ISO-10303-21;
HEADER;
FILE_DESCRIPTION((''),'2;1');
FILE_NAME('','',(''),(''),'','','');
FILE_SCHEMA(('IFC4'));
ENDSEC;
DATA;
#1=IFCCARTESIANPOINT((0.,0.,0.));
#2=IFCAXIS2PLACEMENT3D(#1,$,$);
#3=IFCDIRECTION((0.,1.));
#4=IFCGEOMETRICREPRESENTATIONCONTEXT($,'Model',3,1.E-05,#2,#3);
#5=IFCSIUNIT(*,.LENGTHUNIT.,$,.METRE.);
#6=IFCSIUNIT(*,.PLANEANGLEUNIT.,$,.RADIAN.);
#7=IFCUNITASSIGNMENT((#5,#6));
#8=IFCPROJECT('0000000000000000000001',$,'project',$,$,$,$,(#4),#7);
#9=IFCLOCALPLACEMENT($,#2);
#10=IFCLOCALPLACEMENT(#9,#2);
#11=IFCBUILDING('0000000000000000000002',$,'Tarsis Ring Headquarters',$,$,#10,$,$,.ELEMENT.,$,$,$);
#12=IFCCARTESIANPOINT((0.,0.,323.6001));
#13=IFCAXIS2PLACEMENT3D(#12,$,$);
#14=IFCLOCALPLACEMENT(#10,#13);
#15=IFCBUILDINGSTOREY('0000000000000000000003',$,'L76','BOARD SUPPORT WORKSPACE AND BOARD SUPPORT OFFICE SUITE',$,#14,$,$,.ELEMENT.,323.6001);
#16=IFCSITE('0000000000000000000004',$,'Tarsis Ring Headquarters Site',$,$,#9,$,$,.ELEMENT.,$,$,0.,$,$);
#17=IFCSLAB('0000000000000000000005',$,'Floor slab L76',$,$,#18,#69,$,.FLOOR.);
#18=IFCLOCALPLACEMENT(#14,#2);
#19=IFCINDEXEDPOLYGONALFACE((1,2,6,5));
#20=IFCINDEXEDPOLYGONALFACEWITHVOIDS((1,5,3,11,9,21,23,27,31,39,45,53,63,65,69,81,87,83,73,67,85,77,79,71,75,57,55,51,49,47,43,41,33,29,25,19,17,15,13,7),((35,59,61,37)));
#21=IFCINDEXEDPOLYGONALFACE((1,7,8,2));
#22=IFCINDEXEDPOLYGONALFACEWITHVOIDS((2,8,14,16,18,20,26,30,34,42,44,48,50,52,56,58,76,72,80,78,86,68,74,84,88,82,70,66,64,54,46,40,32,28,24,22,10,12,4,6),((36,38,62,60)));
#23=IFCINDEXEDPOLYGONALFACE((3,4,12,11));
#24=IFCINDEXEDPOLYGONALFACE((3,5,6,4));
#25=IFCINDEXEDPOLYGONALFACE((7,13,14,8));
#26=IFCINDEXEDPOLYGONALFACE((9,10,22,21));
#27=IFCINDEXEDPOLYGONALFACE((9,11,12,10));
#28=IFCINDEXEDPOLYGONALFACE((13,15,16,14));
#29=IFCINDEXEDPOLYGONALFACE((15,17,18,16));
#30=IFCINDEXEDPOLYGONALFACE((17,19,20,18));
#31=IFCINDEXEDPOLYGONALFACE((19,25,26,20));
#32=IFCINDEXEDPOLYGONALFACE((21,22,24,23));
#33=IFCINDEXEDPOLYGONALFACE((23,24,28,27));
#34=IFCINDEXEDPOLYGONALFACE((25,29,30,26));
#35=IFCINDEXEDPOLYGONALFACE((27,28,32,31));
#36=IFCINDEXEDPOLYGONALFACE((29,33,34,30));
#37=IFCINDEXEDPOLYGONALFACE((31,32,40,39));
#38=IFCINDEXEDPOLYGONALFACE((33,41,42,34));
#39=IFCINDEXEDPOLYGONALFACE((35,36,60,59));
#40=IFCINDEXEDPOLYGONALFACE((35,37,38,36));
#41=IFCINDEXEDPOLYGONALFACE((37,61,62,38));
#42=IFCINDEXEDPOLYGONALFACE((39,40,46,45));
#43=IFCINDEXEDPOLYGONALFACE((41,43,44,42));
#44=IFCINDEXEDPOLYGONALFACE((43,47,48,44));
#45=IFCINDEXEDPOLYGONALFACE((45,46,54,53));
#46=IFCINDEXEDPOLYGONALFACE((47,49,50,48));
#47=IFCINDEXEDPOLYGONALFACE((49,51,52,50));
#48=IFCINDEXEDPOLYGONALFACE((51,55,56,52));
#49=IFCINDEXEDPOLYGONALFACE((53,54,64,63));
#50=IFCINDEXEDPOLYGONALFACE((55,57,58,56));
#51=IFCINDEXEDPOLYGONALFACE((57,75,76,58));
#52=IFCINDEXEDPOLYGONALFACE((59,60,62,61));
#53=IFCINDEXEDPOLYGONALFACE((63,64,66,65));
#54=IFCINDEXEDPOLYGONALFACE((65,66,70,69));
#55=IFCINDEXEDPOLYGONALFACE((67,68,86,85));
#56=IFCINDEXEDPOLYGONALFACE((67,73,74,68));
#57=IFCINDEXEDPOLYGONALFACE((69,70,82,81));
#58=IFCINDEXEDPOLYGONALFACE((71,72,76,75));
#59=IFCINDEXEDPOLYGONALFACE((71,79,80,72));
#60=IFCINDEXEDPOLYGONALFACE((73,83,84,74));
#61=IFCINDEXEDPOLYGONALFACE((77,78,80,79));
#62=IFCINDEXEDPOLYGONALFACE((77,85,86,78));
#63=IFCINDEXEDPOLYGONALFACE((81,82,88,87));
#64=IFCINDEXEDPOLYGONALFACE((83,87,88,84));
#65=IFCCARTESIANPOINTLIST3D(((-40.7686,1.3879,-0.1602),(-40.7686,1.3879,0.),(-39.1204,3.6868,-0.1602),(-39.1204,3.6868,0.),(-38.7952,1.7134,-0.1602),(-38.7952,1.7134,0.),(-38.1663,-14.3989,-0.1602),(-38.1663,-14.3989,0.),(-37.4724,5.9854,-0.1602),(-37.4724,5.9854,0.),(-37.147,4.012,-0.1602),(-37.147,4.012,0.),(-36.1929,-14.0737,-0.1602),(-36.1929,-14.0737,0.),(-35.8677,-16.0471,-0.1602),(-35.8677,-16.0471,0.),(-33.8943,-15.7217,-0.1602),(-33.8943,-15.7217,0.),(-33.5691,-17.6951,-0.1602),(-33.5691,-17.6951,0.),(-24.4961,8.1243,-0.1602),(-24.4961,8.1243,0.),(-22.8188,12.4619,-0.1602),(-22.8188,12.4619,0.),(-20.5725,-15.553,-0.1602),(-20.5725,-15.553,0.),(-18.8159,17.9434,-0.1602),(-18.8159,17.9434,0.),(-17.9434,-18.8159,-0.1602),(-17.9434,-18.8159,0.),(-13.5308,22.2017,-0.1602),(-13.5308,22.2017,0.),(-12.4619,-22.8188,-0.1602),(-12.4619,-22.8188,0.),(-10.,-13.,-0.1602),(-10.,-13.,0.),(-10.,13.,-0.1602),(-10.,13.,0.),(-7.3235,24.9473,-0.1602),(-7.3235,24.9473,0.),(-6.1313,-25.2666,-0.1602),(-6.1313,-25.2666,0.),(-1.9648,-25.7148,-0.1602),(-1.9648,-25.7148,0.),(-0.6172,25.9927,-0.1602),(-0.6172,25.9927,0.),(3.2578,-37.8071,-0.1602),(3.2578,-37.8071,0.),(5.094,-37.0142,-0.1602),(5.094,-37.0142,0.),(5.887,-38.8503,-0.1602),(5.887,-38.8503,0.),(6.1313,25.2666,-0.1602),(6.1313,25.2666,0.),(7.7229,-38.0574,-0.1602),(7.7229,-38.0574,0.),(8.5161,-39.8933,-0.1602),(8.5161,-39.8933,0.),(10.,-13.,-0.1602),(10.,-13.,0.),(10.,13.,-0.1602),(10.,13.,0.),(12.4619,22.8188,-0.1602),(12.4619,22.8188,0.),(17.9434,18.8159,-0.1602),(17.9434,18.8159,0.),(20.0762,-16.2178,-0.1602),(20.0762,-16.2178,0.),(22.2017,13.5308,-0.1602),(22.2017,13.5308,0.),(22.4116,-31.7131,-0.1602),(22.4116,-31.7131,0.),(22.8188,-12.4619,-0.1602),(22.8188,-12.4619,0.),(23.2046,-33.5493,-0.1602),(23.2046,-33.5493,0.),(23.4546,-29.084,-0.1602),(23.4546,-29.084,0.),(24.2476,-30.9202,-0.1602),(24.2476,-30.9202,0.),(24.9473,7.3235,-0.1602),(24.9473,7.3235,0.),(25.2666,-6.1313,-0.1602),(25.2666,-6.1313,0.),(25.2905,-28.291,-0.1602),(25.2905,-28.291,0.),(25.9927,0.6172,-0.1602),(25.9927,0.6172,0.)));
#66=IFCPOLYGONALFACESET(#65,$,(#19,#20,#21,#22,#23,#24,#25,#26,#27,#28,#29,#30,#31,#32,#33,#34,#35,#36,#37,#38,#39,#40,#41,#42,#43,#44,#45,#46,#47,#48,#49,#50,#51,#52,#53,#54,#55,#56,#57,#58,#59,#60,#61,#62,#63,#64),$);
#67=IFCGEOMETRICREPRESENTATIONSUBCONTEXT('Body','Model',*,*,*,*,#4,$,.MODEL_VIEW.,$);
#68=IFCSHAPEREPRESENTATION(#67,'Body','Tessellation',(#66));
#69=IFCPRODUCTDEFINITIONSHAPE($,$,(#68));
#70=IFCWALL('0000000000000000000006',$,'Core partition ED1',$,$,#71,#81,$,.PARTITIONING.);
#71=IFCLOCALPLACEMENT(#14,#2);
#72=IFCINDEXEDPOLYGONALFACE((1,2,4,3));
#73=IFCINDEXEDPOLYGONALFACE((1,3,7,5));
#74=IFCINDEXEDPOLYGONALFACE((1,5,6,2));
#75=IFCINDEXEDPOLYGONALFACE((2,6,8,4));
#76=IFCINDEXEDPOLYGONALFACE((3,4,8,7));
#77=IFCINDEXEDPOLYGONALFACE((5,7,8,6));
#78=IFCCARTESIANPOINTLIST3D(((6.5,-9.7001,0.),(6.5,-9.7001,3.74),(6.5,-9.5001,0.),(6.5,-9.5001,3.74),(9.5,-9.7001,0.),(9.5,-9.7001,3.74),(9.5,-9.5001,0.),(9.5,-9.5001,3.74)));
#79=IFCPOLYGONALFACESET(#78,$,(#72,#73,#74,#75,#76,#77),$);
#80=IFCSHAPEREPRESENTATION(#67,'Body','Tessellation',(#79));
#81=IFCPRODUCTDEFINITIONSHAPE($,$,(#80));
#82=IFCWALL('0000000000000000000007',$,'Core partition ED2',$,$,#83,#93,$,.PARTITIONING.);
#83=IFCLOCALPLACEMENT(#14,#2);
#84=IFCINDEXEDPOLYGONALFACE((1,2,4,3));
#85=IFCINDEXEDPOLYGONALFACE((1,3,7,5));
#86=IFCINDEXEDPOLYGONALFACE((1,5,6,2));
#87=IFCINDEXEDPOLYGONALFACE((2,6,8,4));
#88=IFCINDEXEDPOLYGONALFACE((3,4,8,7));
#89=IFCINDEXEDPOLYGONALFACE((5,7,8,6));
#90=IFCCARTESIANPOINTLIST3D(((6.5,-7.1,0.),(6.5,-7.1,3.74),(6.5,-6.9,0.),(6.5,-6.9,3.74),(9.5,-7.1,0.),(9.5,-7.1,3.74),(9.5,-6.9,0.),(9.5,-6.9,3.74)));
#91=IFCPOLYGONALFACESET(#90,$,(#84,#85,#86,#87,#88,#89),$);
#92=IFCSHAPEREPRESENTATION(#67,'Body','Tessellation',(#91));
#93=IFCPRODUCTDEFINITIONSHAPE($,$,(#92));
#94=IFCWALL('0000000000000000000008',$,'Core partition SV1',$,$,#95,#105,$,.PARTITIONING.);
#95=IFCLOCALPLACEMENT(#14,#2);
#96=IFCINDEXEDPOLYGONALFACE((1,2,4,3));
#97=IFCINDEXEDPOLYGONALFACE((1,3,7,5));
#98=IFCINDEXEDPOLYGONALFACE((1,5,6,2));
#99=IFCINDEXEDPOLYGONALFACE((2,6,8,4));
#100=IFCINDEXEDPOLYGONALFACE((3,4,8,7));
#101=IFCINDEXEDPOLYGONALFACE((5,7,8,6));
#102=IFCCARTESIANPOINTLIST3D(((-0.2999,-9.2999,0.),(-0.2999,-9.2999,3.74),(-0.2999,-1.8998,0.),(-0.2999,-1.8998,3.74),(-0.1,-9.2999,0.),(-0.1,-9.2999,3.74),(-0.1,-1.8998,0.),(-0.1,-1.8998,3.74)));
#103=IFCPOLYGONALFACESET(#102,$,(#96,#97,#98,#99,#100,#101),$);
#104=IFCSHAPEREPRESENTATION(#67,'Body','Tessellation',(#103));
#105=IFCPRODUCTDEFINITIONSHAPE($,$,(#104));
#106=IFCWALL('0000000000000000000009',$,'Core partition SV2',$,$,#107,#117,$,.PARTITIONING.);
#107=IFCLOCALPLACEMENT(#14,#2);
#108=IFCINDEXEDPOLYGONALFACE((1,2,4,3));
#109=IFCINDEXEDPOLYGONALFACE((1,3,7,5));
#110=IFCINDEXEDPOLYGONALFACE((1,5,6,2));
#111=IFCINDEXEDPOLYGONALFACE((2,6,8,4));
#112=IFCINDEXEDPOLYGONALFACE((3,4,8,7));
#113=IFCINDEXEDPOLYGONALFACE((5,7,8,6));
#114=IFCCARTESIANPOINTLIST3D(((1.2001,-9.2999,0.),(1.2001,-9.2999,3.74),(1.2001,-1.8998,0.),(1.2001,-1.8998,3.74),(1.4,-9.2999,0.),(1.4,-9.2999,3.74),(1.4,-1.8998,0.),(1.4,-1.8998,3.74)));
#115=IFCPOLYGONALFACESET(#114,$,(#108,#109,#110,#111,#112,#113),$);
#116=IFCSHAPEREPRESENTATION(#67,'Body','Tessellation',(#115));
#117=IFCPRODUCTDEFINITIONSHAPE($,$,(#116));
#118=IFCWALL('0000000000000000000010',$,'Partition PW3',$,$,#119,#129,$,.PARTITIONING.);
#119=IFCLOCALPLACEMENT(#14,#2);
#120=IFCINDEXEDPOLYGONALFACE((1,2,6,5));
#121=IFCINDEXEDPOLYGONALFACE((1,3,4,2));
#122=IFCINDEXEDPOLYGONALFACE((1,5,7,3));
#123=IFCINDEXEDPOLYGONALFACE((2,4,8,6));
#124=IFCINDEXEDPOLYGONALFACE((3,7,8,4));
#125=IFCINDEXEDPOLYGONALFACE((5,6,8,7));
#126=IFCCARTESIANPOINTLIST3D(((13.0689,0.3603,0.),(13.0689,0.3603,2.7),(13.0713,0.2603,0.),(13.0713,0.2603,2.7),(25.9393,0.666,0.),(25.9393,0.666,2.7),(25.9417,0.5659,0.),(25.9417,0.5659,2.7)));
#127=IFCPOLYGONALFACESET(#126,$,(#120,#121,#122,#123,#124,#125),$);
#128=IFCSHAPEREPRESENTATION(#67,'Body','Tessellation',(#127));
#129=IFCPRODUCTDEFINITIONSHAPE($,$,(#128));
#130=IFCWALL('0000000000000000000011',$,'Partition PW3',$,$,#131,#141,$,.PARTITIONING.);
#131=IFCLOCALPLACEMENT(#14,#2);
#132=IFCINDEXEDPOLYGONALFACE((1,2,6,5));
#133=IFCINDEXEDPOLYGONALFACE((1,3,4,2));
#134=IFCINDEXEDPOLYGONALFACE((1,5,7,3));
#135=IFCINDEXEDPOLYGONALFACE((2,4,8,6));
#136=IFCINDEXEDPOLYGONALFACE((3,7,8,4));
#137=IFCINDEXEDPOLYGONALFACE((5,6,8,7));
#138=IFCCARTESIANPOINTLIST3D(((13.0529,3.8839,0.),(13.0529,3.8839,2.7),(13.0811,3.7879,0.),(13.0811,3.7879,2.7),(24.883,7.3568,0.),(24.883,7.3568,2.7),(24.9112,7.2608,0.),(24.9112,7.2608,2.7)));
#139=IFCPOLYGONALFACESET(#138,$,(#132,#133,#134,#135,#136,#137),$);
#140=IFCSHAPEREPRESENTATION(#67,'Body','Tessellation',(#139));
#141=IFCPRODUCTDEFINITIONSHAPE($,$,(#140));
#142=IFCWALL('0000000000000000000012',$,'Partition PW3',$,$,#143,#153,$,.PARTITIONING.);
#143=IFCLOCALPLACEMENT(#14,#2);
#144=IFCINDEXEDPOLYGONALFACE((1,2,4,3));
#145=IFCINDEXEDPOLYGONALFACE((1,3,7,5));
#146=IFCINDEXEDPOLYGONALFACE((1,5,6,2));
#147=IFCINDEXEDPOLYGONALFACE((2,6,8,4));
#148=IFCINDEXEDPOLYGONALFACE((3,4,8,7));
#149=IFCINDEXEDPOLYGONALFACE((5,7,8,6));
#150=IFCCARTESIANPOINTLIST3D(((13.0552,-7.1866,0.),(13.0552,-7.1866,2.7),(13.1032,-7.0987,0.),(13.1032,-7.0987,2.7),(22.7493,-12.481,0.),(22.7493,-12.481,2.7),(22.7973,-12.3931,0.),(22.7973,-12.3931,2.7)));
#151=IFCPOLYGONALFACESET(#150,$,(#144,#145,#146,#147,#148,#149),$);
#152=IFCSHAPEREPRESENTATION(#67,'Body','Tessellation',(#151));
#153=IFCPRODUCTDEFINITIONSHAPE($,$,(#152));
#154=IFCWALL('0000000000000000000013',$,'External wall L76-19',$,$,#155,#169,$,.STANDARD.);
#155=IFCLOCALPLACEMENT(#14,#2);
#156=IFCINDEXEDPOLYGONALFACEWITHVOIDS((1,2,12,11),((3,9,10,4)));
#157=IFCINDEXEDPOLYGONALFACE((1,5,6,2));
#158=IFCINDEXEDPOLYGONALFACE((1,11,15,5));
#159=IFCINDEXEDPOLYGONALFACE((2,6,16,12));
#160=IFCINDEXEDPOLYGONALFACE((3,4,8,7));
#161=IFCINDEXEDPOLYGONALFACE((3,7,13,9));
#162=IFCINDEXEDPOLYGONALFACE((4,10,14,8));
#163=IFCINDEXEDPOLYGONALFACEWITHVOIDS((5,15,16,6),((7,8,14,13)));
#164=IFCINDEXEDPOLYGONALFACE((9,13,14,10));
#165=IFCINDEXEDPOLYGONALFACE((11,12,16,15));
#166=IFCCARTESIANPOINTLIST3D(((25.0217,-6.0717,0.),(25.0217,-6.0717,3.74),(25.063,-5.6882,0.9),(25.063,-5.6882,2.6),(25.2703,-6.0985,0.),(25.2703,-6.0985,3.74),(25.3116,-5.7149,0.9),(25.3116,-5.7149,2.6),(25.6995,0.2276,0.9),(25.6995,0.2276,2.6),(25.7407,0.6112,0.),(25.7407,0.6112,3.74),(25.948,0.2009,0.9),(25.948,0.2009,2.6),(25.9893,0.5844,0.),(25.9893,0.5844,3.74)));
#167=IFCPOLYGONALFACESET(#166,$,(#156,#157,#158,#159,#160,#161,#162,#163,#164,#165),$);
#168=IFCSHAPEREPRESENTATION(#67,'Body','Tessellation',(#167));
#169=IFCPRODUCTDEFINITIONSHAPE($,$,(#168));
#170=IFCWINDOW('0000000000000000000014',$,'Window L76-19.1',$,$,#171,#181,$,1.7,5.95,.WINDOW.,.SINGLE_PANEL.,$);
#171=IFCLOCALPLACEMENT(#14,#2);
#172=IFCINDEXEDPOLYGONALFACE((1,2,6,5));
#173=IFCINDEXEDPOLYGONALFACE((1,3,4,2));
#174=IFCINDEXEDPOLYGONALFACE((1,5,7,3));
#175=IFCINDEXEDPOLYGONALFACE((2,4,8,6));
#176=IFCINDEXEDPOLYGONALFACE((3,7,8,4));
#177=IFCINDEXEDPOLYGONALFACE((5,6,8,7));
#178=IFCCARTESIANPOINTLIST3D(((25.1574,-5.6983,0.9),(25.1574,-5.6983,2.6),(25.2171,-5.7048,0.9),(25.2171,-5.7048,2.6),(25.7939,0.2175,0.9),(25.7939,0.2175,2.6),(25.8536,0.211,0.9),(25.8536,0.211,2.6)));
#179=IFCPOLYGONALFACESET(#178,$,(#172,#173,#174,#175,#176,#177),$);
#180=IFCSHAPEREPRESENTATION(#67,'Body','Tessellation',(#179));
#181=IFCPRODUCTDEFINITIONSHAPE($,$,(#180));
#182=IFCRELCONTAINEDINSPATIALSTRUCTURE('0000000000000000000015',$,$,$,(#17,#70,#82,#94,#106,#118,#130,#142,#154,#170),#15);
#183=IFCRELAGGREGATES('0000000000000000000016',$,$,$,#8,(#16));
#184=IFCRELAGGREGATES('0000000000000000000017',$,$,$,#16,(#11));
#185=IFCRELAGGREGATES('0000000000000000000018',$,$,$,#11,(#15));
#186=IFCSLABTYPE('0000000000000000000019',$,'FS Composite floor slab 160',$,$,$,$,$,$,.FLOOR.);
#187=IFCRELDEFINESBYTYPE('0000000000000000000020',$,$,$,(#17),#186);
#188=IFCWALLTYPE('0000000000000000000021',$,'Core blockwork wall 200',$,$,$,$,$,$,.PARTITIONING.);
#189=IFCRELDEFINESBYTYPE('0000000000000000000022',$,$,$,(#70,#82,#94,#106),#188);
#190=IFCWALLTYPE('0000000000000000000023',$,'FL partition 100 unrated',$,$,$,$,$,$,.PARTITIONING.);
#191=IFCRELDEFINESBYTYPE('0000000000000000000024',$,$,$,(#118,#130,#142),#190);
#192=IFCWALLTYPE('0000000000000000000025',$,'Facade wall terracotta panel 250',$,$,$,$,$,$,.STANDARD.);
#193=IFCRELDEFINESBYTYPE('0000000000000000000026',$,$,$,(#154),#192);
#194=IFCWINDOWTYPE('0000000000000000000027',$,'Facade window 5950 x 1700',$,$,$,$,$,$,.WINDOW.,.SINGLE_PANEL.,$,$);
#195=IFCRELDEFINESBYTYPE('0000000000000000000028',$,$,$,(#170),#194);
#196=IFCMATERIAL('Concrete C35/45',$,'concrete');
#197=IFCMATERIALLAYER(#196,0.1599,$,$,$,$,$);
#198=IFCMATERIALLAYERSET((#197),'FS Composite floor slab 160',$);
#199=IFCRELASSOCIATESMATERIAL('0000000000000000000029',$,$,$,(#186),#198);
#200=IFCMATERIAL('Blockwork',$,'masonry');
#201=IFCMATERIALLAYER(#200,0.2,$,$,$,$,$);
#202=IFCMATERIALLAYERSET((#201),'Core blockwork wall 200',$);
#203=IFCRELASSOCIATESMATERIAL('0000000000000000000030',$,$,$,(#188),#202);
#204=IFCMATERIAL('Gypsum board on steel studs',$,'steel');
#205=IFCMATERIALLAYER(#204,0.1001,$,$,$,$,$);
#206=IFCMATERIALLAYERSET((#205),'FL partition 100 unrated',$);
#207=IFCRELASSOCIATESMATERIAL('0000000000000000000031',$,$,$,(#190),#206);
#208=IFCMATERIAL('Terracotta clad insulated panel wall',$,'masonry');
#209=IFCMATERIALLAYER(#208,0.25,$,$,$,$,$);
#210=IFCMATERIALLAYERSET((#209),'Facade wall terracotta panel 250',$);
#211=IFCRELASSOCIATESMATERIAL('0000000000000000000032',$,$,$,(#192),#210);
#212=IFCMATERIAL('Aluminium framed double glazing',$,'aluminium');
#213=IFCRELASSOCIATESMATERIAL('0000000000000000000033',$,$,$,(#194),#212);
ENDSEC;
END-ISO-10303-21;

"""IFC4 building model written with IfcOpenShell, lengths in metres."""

from ifc_helpers import new_model, si_unit, direction, frame, frame_2d, origin, place, context, subcontext, project, spatial, polyline, rectangle, outline, extrude, material, layer, layer_set, type_object, element, fill, save


model = new_model("IFC4")

# Units and contexts
model_context = context("Model", 3, precision=1e-05, world=origin(), true_north=direction((0.0, 1.0)))
body_context = subcontext(model_context, "Body", "Model", "MODEL_VIEW")
ifc_project = project(units=[si_unit("LENGTHUNIT", "METRE"), si_unit("PLANEANGLEUNIT", "RADIAN")], contexts=[model_context])

# Site, building, storey
site_placement = place(None, origin())
site = spatial("IfcSite", under=ifc_project, at=site_placement, Name="Tarsis Ring Headquarters Site", CompositionType="ELEMENT", RefElevation=0.0)
building_placement = place(site_placement, origin())
building = spatial("IfcBuilding", under=site, at=building_placement, Name="Tarsis Ring Headquarters", CompositionType="ELEMENT")
storey_placement = place(building_placement, frame((0.0, 0.0, 323.6001)))
storey = spatial("IfcBuildingStorey", under=building, at=storey_placement, Name="L76", Description="BOARD SUPPORT WORKSPACE AND BOARD SUPPORT OFFICE SUITE", CompositionType="ELEMENT", Elevation=323.6001)

# Slab
ifc_material_1 = material(Name="Concrete C35/45", Category="concrete")
ifc_layer_1 = layer(ifc_material_1, 0.1599)
ifc_layer_set_1 = layer_set([ifc_layer_1], Name="FS Composite floor slab 160")
slab_type_1 = type_object("IfcSlabType", Name="FS Composite floor slab 160", PredefinedType="FLOOR", material=ifc_layer_set_1)
slab_1_placement = place(storey_placement, frame((0.0, 0.0, -0.1602)))
element("IfcSlab", 1, at=slab_1_placement, inside=storey, type_object=slab_type_1, Name="Floor slab L76", PredefinedType="FLOOR", context=body_context, shape_type="SweptSolid", body=[
    extrude(outline(polyline([(-20.5725, -15.553), (-17.9434, -18.8159), (-12.4619, -22.8188), (-6.1313, -25.2666), (-1.9648, -25.7148), (3.2578, -37.8071), (5.094, -37.0142), (5.887, -38.8503), (7.7229, -38.0574), (8.5161, -39.8933), (23.2046, -33.5493), (22.4116, -31.7131), (24.2476, -30.9202), (23.4546, -29.084), (25.2905, -28.291), (20.0762, -16.2178), (22.8188, -12.4619), (25.2666, -6.1313), (25.9927, 0.6172), (24.9473, 7.3235), (22.2017, 13.5308), (17.9434, 18.8159), (12.4619, 22.8188), (6.1313, 25.2666), (-0.6172, 25.9927), (-7.3235, 24.9473), (-13.5308, 22.2017), (-18.8159, 17.9434), (-22.8188, 12.4619), (-24.4961, 8.1243), (-37.4724, 5.9854), (-37.147, 4.012), (-39.1204, 3.6868), (-38.7952, 1.7134), (-40.7686, 1.3879), (-38.1663, -14.3989), (-36.1929, -14.0737), (-35.8677, -16.0471), (-33.8943, -15.7217), (-33.5691, -17.6951), (-20.5725, -15.553)]), holes=[polyline([(-10.0, -13.0), (-10.0, 13.0), (10.0, 13.0), (10.0, -13.0), (-10.0, -13.0)])]), origin(), (0.0, 0.0, 1.0), 0.1602),
])

# Walls
ifc_material_2 = material(Name="Blockwork", Category="masonry")
ifc_layer_2 = layer(ifc_material_2, 0.2)
ifc_layer_set_2 = layer_set([ifc_layer_2], Name="Core blockwork wall 200")
wall_type_1 = type_object("IfcWallType", Name="Core blockwork wall 200", PredefinedType="PARTITIONING", material=ifc_layer_set_2)
for number, where, z_axis, x_axis, name in (
    (2, (6.5, -9.6001, 0.0), (0.0, 0.0, 1.0), (1.0, 0.0, 0.0), "Core partition ED1"),
    (3, (6.5, -7.0, 0.0), (0.0, 0.0, 1.0), (1.0, 0.0, 0.0), "Core partition ED2"),
):
    element("IfcWall", number, at=place(storey_placement, frame(where, z_axis=z_axis, x_axis=x_axis)), inside=storey, type_object=wall_type_1, Name=name, PredefinedType="PARTITIONING", context=body_context, shape_type="SweptSolid", body=[
        extrude(rectangle(XDim=3.0, YDim=0.2, at=frame_2d((1.5, 0.0))), origin(), (0.0, 0.0, 1.0), 3.74),
    ])
for number, where, z_axis, x_axis, name in (
    (4, (-0.2, -9.3, 0.0), (0.0, 0.0, 1.0), (0.0, 1.0, 0.0), "Core partition SV1"),
    (5, (1.3, -9.3, 0.0), (0.0, 0.0, 1.0), (0.0, 1.0, 0.0), "Core partition SV2"),
):
    element("IfcWall", number, at=place(storey_placement, frame(where, z_axis=z_axis, x_axis=x_axis)), inside=storey, type_object=wall_type_1, Name=name, PredefinedType="PARTITIONING", context=body_context, shape_type="SweptSolid", body=[
        extrude(rectangle(XDim=7.4001, YDim=0.2, at=frame_2d((3.7002, 0.0))), origin(), (0.0, 0.0, 1.0), 3.74),
    ])
ifc_material_3 = material(Name="Gypsum board on steel studs", Category="steel")
ifc_layer_3 = layer(ifc_material_3, 0.1001)
ifc_layer_set_3 = layer_set([ifc_layer_3], Name="FL partition 100 unrated")
wall_type_2 = type_object("IfcWallType", Name="FL partition 100 unrated", PredefinedType="PARTITIONING", material=ifc_layer_set_3)
wall_1_placement = place(storey_placement, frame((13.0701, 0.3103, 0.0), z_axis=(0.0, 0.0, 1.0), x_axis=(0.999718, 0.023743, 0.0)))
element("IfcWall", 6, at=wall_1_placement, inside=storey, type_object=wall_type_2, Name="Partition PW3", PredefinedType="PARTITIONING", context=body_context, shape_type="SweptSolid", body=[
    extrude(rectangle(XDim=12.874, YDim=0.1001, at=frame_2d((6.437, 0.0))), origin(), (0.0, 0.0, 1.0), 2.7),
])
wall_2_placement = place(storey_placement, frame((13.0671, 3.8359, 0.0), z_axis=(0.0, 0.0, 1.0), x_axis=(0.959509, 0.281678, 0.0)))
element("IfcWall", 7, at=wall_2_placement, inside=storey, type_object=wall_type_2, Name="Partition PW3", PredefinedType="PARTITIONING", context=body_context, shape_type="SweptSolid", body=[
    extrude(rectangle(XDim=12.3293, YDim=0.1001, at=frame_2d((6.1646, 0.0))), origin(), (0.0, 0.0, 1.0), 2.7),
])
wall_3_placement = place(storey_placement, frame((13.0791, -7.1426, 0.0), z_axis=(0.0, 0.0, 1.0), x_axis=(0.877639, -0.479323, 0.0)))
element("IfcWall", 8, at=wall_3_placement, inside=storey, type_object=wall_type_2, Name="Partition PW3", PredefinedType="PARTITIONING", context=body_context, shape_type="SweptSolid", body=[
    extrude(rectangle(XDim=11.0457, YDim=0.1001, at=frame_2d((5.5229, 0.0))), origin(), (0.0, 0.0, 1.0), 2.7),
])

# Wall, opening, window
ifc_material_4 = material(Name="Terracotta clad insulated panel wall", Category="masonry")
ifc_layer_4 = layer(ifc_material_4, 0.25)
ifc_layer_set_4 = layer_set([ifc_layer_4], Name="Facade wall terracotta panel 250")
wall_type_3 = type_object("IfcWallType", Name="Facade wall terracotta panel 250", PredefinedType="STANDARD", material=ifc_layer_set_4)
wall_4_placement = place(storey_placement, frame((25.146, -6.0852, 0.0), z_axis=(0.0, 0.0, 1.0), x_axis=(0.10697, 0.994262, 0.0)))
wall_4 = element("IfcWall", 9, at=wall_4_placement, inside=storey, type_object=wall_type_3, Name="External wall L76-19", PredefinedType="STANDARD", context=body_context, shape_type="SweptSolid", body=[
    extrude(rectangle(XDim=6.7214, YDim=0.25, at=frame_2d((3.3608, 0.0))), origin(), (0.0, 0.0, 1.0), 3.74),
])
opening_1_placement = place(wall_4_placement, frame((0.3857, 0.0, 0.8999)))
opening_1 = element("IfcOpeningElement", 10, at=opening_1_placement, cuts=wall_4, PredefinedType="OPENING", context=body_context, shape_type="SweptSolid", body=[
    extrude(rectangle(XDim=5.95, YDim=1.7, at=frame_2d((2.9751, 0.8501))), frame((0.0, 0.135, 0.0), z_axis=(0.0, -1.0, 0.0), x_axis=(1.0, 0.0, 0.0)), (0.0, 0.0, 1.0), 0.27),
])
ifc_material_5 = material(Name="Aluminium framed double glazing", Category="aluminium")
window_type = type_object("IfcWindowType", Name="Facade window 5950 x 1700", PartitioningType="SINGLE_PANEL", PredefinedType="WINDOW", material=ifc_material_5)
window_1_placement = place(opening_1_placement, origin())
window_1 = element("IfcWindow", 11, at=window_1_placement, inside=storey, type_object=window_type, Name="Window L76-19.1", OverallHeight=1.7, OverallWidth=5.95, PartitioningType="SINGLE_PANEL", PredefinedType="WINDOW", context=body_context, shape_type="SweptSolid", body=[
    extrude(rectangle(XDim=5.95, YDim=1.7, at=frame_2d((2.9751, 0.8501))), frame((0.0, 0.03, 0.0), z_axis=(0.0, -1.0, 0.0), x_axis=(1.0, 0.0, 0.0)), (0.0, 0.0, 1.0), 0.0601),
])
fill(opening_1, window_1)

save(model, "model.ifc")
